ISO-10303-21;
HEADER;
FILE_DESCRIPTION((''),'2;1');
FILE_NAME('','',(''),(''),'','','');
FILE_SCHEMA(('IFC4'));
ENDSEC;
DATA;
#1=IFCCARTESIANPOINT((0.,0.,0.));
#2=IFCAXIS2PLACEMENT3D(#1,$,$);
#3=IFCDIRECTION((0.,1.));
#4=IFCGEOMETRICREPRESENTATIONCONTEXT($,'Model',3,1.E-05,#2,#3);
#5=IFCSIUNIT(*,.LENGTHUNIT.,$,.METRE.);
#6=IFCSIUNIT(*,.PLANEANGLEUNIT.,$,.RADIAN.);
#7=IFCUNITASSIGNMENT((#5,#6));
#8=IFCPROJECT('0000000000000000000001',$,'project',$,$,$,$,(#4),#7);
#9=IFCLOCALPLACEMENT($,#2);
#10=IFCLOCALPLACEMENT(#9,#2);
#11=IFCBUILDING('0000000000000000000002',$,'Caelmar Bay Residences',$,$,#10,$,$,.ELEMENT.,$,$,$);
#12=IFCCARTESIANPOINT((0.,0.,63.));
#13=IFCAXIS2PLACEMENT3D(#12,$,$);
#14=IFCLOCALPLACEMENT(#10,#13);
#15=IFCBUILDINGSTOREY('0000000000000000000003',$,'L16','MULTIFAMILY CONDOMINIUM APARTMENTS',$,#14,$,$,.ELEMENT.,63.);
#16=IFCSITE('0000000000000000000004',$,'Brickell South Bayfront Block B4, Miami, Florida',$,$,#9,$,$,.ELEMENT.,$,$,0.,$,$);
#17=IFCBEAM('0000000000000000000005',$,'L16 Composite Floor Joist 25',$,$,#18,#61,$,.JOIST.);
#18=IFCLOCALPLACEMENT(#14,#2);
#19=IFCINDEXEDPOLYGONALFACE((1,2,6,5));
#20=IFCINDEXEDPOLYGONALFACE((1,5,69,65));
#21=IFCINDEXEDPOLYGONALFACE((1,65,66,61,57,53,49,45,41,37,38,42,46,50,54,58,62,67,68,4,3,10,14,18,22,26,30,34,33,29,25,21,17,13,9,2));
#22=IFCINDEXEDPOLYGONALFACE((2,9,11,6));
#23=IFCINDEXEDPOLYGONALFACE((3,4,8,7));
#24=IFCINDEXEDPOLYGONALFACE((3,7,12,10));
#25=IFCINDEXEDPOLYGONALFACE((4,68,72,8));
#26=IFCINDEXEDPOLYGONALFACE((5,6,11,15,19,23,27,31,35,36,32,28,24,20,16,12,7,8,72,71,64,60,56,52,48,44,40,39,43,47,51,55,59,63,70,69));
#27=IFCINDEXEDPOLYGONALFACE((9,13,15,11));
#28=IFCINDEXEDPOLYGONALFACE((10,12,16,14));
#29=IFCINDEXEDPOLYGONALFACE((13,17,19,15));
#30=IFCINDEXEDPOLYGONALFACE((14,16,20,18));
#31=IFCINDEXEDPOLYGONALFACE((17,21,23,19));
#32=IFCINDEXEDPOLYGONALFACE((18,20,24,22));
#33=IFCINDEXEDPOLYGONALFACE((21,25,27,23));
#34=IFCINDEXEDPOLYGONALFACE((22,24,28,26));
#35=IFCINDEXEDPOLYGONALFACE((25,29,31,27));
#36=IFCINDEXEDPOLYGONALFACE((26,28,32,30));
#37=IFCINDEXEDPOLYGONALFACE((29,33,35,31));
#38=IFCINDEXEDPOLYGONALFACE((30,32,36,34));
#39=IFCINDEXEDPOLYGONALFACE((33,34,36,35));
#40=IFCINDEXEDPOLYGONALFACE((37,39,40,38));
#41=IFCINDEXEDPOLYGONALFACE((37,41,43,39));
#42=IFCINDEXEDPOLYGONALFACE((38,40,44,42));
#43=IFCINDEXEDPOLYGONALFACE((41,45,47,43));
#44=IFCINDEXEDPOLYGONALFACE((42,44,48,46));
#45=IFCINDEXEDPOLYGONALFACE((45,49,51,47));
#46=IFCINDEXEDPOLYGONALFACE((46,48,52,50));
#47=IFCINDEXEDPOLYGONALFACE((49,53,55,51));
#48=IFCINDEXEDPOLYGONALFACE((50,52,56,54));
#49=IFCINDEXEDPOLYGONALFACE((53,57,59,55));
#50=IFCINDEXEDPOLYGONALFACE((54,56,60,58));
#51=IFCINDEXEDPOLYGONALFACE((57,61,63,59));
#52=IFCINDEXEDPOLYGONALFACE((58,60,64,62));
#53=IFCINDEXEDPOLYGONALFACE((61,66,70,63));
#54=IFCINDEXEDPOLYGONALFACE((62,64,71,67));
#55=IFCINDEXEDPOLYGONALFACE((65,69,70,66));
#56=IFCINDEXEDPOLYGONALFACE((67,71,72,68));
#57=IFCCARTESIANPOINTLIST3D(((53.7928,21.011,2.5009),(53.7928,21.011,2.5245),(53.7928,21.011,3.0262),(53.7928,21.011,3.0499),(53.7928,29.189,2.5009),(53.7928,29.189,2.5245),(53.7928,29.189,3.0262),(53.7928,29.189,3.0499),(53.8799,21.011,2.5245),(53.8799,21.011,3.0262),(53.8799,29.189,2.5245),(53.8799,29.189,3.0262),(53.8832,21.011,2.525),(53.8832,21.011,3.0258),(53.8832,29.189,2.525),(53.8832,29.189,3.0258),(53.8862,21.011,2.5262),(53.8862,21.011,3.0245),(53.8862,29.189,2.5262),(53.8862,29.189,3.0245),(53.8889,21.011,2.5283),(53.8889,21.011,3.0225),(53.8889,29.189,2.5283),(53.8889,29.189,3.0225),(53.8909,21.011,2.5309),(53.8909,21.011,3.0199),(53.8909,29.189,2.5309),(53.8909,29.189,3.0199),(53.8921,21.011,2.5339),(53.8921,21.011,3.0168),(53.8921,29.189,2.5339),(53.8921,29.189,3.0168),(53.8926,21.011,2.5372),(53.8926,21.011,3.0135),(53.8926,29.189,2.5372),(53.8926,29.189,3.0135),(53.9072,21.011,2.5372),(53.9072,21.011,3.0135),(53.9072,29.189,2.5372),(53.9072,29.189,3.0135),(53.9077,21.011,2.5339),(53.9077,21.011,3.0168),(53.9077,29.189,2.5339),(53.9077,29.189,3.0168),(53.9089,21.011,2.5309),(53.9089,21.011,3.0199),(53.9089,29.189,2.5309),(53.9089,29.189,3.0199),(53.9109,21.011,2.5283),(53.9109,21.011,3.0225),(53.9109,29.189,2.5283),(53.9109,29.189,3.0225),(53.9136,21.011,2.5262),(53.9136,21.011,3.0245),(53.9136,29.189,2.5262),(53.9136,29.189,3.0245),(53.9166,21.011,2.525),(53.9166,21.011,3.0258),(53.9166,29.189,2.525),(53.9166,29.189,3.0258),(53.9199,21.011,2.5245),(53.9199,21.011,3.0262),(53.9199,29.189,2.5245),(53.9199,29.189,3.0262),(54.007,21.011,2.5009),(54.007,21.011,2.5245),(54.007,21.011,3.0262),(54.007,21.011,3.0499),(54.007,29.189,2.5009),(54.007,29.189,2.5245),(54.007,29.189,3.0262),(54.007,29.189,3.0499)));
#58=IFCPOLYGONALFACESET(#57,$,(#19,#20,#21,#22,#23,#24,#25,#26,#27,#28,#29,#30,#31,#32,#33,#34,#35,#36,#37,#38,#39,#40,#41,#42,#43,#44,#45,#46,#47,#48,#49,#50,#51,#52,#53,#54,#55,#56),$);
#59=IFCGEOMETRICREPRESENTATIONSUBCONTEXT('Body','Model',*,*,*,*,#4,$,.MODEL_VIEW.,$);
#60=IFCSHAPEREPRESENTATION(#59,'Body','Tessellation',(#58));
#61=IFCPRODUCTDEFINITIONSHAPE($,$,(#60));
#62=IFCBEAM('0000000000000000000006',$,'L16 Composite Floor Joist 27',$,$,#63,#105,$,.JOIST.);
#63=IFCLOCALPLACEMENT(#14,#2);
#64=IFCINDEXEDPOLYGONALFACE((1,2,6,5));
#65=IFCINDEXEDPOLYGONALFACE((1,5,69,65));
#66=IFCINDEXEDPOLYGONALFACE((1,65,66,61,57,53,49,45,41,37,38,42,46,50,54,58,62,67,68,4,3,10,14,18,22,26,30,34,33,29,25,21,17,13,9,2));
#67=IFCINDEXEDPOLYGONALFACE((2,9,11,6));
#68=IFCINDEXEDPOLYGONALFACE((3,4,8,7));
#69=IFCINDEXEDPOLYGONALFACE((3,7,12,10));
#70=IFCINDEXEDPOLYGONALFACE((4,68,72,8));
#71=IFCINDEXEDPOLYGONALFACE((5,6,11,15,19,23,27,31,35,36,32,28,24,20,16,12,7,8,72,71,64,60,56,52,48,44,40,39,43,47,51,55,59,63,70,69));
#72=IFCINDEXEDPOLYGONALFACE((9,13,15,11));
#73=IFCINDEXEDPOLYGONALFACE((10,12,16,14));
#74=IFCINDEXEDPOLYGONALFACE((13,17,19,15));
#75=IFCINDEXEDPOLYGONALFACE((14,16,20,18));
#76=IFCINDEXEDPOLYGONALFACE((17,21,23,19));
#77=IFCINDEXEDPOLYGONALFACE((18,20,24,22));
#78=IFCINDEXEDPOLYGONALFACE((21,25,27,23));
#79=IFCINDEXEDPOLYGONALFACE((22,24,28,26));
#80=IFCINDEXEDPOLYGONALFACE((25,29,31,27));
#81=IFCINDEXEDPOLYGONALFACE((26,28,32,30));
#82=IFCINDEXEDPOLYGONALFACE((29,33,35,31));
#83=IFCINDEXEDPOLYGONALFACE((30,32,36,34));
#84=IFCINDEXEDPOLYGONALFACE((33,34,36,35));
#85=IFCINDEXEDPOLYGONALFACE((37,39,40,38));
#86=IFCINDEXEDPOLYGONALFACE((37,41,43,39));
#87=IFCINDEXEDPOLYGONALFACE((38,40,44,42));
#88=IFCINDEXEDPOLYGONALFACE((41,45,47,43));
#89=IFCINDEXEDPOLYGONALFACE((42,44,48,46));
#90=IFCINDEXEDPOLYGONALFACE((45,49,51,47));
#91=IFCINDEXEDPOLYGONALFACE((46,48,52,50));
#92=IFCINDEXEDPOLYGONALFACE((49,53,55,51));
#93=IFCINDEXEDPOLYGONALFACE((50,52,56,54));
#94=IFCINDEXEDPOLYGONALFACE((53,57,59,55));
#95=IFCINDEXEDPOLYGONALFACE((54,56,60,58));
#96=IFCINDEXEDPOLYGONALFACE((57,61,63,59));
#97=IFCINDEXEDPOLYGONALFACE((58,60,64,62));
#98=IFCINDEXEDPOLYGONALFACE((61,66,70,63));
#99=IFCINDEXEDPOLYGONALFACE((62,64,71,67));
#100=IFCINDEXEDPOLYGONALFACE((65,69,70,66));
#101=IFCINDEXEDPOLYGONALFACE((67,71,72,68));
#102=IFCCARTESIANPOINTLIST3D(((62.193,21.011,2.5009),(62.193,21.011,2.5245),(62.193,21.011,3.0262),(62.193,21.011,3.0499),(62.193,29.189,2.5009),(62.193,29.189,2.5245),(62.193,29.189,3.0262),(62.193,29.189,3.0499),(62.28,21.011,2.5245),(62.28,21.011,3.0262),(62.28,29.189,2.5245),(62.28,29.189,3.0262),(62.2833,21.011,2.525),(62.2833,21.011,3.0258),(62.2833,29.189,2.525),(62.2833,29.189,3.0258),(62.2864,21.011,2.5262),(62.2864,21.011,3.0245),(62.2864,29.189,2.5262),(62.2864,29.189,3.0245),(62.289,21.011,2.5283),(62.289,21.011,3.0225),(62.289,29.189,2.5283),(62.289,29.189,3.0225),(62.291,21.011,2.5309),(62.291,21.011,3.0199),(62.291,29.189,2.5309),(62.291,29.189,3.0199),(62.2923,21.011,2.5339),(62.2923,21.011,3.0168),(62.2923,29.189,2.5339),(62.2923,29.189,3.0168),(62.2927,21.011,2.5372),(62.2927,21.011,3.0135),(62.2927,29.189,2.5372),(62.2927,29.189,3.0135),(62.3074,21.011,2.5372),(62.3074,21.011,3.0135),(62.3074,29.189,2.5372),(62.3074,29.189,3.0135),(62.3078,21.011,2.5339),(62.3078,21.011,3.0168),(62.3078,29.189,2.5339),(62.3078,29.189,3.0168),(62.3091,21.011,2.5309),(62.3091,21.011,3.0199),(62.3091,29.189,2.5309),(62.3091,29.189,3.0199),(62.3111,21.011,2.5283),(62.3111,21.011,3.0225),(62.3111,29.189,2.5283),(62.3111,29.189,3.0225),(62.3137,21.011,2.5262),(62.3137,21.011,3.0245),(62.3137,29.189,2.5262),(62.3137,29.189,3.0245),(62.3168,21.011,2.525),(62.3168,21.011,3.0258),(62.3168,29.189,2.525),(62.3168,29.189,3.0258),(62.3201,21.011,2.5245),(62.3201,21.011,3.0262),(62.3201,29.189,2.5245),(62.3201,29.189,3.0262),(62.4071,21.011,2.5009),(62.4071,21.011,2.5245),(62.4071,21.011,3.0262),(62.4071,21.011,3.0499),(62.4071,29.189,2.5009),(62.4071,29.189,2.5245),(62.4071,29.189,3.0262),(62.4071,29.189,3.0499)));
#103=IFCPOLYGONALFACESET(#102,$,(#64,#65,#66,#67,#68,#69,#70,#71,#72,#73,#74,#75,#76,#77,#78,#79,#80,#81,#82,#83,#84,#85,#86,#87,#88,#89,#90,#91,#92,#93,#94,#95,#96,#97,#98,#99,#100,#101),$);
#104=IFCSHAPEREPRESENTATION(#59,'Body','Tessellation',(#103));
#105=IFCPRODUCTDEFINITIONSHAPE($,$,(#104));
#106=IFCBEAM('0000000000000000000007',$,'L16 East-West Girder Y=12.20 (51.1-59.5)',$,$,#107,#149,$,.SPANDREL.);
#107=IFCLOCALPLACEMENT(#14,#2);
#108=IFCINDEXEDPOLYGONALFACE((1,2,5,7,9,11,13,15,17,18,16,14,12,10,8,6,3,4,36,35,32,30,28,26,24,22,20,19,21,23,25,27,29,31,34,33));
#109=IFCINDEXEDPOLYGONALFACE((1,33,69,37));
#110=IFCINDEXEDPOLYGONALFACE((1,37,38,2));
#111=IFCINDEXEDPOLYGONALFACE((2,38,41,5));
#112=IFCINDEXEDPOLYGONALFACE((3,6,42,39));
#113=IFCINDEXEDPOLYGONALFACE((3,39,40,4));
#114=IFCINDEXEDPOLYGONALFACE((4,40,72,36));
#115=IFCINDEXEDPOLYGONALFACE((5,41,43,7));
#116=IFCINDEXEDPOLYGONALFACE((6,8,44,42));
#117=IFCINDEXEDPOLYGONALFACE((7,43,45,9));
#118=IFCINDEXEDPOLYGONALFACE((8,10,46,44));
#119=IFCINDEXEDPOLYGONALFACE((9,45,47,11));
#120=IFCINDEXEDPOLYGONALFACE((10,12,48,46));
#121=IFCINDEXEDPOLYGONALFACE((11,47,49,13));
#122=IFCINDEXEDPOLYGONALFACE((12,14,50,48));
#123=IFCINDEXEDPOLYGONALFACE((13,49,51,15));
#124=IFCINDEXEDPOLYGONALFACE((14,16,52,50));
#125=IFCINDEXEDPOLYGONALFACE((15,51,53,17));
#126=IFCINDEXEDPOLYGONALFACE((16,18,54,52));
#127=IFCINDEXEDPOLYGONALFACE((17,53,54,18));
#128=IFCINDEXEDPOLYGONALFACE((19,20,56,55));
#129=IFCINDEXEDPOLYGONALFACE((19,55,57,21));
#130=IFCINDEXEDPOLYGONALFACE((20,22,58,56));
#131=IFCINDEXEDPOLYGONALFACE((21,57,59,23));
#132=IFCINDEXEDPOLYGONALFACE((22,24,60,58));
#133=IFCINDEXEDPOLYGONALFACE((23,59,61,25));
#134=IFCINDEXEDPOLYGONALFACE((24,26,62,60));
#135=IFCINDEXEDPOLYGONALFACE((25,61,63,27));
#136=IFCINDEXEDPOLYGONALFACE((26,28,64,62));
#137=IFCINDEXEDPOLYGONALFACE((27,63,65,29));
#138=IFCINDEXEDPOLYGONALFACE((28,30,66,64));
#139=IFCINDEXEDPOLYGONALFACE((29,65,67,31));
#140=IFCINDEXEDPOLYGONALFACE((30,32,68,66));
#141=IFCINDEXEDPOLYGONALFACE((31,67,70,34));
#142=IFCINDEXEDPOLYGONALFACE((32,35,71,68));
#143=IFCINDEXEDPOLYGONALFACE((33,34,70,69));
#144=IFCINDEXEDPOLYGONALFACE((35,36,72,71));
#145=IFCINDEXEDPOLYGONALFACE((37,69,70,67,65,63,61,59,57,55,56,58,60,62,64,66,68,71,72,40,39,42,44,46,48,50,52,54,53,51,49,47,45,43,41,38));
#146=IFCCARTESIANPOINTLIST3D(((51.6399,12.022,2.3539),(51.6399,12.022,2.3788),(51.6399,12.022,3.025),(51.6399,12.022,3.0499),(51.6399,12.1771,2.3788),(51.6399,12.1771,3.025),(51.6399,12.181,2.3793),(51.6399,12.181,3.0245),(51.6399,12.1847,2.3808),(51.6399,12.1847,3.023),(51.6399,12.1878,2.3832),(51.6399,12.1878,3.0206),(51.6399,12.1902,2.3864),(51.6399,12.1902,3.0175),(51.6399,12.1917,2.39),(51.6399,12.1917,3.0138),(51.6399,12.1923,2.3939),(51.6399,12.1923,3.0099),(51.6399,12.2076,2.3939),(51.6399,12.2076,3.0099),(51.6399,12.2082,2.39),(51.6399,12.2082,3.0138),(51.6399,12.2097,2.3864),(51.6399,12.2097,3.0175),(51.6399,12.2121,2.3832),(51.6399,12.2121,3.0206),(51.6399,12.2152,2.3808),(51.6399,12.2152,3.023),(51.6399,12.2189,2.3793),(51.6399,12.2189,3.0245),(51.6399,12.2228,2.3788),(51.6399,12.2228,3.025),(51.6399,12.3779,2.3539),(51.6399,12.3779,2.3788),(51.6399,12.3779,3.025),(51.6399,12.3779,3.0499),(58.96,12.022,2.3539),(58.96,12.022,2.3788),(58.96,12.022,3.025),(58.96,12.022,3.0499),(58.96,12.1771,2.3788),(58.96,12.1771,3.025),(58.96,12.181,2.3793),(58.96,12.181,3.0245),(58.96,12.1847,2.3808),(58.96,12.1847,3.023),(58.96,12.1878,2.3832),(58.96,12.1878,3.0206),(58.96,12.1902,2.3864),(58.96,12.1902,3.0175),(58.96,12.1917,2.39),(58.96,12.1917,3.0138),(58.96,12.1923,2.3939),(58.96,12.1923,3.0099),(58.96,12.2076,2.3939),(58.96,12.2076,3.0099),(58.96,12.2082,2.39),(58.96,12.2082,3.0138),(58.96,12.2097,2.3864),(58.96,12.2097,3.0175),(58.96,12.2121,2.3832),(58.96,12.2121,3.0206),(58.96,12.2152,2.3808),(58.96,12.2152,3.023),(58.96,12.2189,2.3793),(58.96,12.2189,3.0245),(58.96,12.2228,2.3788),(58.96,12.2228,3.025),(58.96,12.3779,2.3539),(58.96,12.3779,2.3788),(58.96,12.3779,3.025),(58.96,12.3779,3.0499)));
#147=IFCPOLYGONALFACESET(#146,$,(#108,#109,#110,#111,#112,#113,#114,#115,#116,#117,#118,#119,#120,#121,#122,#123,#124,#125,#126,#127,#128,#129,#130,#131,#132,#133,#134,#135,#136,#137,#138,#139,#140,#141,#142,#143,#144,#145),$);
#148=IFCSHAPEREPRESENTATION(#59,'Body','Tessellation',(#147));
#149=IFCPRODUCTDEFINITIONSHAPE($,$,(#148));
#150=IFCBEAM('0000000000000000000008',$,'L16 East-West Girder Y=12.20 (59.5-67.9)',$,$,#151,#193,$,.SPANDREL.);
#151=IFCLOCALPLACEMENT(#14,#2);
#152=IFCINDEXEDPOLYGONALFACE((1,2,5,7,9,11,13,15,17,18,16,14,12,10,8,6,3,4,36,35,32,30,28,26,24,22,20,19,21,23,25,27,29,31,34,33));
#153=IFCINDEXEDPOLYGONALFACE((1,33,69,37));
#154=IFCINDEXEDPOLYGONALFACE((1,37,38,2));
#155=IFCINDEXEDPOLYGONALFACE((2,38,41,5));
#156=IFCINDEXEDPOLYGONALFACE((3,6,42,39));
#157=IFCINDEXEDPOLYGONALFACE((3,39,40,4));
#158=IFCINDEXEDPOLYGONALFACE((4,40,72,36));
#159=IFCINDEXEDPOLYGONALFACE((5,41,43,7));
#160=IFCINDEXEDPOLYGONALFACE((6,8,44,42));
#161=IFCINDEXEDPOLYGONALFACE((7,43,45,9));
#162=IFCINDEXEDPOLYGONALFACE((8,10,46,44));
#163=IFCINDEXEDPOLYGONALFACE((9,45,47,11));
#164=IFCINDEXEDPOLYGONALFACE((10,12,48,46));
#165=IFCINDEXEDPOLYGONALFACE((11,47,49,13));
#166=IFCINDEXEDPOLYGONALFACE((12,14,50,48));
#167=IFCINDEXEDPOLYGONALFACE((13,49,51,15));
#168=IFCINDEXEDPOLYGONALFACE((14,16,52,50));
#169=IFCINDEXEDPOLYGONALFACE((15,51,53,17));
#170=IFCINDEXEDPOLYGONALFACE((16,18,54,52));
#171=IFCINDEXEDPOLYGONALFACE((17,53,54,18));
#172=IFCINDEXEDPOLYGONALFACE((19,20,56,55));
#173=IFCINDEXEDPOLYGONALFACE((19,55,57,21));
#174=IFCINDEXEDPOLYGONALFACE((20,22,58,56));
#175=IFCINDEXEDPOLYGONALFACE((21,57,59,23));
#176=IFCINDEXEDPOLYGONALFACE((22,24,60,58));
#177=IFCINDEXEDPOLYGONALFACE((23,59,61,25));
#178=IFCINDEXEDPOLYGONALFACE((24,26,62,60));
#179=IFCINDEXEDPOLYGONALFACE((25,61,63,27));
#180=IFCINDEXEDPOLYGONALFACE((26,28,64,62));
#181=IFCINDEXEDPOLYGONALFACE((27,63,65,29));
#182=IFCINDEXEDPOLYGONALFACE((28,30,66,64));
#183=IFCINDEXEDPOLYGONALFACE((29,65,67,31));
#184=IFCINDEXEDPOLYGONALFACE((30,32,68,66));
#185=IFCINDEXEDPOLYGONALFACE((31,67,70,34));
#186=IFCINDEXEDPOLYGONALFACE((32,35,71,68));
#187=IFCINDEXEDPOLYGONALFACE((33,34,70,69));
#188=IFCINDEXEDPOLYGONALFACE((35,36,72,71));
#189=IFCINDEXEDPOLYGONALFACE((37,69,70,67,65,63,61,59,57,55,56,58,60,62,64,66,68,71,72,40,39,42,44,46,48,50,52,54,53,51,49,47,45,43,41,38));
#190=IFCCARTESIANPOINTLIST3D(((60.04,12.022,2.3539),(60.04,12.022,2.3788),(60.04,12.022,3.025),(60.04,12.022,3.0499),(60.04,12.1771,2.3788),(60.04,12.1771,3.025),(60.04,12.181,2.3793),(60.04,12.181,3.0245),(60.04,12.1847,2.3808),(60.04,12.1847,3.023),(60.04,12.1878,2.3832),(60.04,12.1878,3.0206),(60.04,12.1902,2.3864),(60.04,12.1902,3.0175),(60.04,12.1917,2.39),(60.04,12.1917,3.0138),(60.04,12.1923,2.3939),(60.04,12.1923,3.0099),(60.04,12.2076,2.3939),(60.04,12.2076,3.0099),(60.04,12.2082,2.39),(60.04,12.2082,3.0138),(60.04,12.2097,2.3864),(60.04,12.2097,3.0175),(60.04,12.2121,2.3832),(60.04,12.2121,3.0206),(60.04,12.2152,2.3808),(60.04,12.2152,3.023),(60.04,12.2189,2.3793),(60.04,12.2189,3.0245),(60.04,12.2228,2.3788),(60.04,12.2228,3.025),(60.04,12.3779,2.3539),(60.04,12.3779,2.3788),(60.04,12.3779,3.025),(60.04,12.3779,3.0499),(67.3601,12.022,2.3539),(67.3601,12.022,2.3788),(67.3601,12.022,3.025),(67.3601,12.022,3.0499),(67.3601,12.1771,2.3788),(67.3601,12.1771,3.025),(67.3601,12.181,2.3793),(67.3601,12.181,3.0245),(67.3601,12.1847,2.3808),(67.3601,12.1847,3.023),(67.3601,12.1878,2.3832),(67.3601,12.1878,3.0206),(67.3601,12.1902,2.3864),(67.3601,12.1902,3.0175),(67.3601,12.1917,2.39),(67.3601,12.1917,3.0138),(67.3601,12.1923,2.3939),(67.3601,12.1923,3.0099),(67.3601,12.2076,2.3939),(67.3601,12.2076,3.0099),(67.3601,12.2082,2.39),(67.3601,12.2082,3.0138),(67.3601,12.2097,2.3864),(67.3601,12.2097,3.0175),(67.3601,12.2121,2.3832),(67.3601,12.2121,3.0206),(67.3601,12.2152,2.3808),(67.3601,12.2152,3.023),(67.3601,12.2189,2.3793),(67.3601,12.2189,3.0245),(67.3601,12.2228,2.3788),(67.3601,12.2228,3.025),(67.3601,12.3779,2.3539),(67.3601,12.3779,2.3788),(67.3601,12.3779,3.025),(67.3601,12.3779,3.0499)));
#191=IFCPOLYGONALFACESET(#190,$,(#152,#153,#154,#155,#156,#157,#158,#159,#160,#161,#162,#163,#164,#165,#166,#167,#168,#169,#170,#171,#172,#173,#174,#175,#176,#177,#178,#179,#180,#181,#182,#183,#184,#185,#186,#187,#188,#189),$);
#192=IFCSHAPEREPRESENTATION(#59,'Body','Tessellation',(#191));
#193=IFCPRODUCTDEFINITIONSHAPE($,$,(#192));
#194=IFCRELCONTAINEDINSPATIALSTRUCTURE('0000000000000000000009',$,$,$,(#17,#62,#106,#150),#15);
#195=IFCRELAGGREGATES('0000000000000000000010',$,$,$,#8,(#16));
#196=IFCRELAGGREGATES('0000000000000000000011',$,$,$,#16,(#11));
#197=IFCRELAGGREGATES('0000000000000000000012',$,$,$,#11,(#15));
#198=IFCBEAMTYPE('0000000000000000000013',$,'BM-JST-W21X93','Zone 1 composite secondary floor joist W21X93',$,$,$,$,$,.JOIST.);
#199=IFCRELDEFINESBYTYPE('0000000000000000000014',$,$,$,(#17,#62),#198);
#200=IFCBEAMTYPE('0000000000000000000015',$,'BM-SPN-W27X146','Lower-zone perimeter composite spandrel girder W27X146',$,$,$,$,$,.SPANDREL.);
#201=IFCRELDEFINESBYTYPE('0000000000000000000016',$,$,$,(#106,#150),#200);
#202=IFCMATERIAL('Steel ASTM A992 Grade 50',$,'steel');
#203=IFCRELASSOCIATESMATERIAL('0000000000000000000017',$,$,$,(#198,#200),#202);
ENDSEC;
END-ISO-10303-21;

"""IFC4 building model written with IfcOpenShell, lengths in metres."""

from ifc_helpers import new_model, si_unit, direction, frame, origin, origin_2d, place, context, subcontext, project, spatial, i_section, extrude, material, material_profile, profile_set, type_object, element, save


model = new_model("IFC4")

# Units and contexts
model_context = context("Model", 3, precision=1e-05, world=origin(), true_north=direction((0.0, 1.0)))
body_context = subcontext(model_context, "Body", "Model", "MODEL_VIEW")
ifc_project = project(units=[si_unit("LENGTHUNIT", "METRE"), si_unit("PLANEANGLEUNIT", "RADIAN")], contexts=[model_context])

# Site, building, storey
site_placement = place(None, origin())
site = spatial("IfcSite", under=ifc_project, at=site_placement, Name="Brickell South Bayfront Block B4, Miami, Florida", CompositionType="ELEMENT", RefElevation=0.0)
building_placement = place(site_placement, origin())
building = spatial("IfcBuilding", under=site, at=building_placement, Name="Caelmar Bay Residences", CompositionType="ELEMENT")
storey_placement = place(building_placement, frame((0.0, 0.0, 63.0)))
storey = spatial("IfcBuildingStorey", under=building, at=storey_placement, Name="L16", Description="MULTIFAMILY CONDOMINIUM APARTMENTS", CompositionType="ELEMENT", Elevation=63.0)

# Beams
ifc_material_1 = material(Name="Steel ASTM A992 Grade 50", Category="steel")
ifc_material_profile_1 = material_profile(ifc_material_1, i_section(OverallWidth=0.2141, OverallDepth=0.5491, WebThickness=0.0146, FlangeThickness=0.0237, FilletRadius=0.0127, at=origin_2d()), Name="W21X93")
ifc_profile_set_1 = profile_set([ifc_material_profile_1], Name="Steel ASTM A992 Grade 50")
beam_type_1 = type_object("IfcBeamType", Name="BM-JST-W21X93", Description="Zone 1 composite secondary floor joist W21X93", PredefinedType="JOIST", material=ifc_profile_set_1)
for number, where, z_axis, x_axis, name in (
    (1, (53.8999, 21.011, 2.7754), (0.0, 1.0, 0.0), (-1.0, 0.0, 0.0), "L16 Composite Floor Joist 25"),
    (2, (62.3, 21.011, 2.7754), (0.0, 1.0, 0.0), (-1.0, 0.0, 0.0), "L16 Composite Floor Joist 27"),
):
    element("IfcBeam", number, at=place(storey_placement, frame(where, z_axis=z_axis, x_axis=x_axis)), inside=storey, type_object=beam_type_1, Name=name, PredefinedType="JOIST", context=body_context, shape_type="SweptSolid", body=[
        extrude(i_section(OverallWidth=0.2141, OverallDepth=0.5491, WebThickness=0.0146, FlangeThickness=0.0237, FilletRadius=0.0127, at=origin_2d()), origin(), (0.0, 0.0, 1.0), 8.178),
    ])
ifc_material_profile_2 = material_profile(ifc_material_1, i_section(OverallWidth=0.356, OverallDepth=0.696, WebThickness=0.0154, FlangeThickness=0.0249, FilletRadius=0.0151, at=origin_2d()), Name="W27X146")
ifc_profile_set_2 = profile_set([ifc_material_profile_2], Name="Steel ASTM A992 Grade 50")
beam_type_2 = type_object("IfcBeamType", Name="BM-SPN-W27X146", Description="Lower-zone perimeter composite spandrel girder W27X146", PredefinedType="SPANDREL", material=ifc_profile_set_2)
for number, where, z_axis, x_axis, name in (
    (3, (51.6399, 12.2, 2.7019), (1.0, 0.0, 0.0), (0.0, 1.0, 0.0), "L16 East-West Girder Y=12.20 (51.1-59.5)"),
    (4, (60.04, 12.2, 2.7019), (1.0, 0.0, 0.0), (0.0, 1.0, 0.0), "L16 East-West Girder Y=12.20 (59.5-67.9)"),
):
    element("IfcBeam", number, at=place(storey_placement, frame(where, z_axis=z_axis, x_axis=x_axis)), inside=storey, type_object=beam_type_2, Name=name, PredefinedType="SPANDREL", context=body_context, shape_type="SweptSolid", body=[
        extrude(i_section(OverallWidth=0.356, OverallDepth=0.696, WebThickness=0.0154, FlangeThickness=0.0249, FilletRadius=0.0151, at=origin_2d()), origin(), (0.0, 0.0, 1.0), 7.3201),
    ])

save(model, "model.ifc")
